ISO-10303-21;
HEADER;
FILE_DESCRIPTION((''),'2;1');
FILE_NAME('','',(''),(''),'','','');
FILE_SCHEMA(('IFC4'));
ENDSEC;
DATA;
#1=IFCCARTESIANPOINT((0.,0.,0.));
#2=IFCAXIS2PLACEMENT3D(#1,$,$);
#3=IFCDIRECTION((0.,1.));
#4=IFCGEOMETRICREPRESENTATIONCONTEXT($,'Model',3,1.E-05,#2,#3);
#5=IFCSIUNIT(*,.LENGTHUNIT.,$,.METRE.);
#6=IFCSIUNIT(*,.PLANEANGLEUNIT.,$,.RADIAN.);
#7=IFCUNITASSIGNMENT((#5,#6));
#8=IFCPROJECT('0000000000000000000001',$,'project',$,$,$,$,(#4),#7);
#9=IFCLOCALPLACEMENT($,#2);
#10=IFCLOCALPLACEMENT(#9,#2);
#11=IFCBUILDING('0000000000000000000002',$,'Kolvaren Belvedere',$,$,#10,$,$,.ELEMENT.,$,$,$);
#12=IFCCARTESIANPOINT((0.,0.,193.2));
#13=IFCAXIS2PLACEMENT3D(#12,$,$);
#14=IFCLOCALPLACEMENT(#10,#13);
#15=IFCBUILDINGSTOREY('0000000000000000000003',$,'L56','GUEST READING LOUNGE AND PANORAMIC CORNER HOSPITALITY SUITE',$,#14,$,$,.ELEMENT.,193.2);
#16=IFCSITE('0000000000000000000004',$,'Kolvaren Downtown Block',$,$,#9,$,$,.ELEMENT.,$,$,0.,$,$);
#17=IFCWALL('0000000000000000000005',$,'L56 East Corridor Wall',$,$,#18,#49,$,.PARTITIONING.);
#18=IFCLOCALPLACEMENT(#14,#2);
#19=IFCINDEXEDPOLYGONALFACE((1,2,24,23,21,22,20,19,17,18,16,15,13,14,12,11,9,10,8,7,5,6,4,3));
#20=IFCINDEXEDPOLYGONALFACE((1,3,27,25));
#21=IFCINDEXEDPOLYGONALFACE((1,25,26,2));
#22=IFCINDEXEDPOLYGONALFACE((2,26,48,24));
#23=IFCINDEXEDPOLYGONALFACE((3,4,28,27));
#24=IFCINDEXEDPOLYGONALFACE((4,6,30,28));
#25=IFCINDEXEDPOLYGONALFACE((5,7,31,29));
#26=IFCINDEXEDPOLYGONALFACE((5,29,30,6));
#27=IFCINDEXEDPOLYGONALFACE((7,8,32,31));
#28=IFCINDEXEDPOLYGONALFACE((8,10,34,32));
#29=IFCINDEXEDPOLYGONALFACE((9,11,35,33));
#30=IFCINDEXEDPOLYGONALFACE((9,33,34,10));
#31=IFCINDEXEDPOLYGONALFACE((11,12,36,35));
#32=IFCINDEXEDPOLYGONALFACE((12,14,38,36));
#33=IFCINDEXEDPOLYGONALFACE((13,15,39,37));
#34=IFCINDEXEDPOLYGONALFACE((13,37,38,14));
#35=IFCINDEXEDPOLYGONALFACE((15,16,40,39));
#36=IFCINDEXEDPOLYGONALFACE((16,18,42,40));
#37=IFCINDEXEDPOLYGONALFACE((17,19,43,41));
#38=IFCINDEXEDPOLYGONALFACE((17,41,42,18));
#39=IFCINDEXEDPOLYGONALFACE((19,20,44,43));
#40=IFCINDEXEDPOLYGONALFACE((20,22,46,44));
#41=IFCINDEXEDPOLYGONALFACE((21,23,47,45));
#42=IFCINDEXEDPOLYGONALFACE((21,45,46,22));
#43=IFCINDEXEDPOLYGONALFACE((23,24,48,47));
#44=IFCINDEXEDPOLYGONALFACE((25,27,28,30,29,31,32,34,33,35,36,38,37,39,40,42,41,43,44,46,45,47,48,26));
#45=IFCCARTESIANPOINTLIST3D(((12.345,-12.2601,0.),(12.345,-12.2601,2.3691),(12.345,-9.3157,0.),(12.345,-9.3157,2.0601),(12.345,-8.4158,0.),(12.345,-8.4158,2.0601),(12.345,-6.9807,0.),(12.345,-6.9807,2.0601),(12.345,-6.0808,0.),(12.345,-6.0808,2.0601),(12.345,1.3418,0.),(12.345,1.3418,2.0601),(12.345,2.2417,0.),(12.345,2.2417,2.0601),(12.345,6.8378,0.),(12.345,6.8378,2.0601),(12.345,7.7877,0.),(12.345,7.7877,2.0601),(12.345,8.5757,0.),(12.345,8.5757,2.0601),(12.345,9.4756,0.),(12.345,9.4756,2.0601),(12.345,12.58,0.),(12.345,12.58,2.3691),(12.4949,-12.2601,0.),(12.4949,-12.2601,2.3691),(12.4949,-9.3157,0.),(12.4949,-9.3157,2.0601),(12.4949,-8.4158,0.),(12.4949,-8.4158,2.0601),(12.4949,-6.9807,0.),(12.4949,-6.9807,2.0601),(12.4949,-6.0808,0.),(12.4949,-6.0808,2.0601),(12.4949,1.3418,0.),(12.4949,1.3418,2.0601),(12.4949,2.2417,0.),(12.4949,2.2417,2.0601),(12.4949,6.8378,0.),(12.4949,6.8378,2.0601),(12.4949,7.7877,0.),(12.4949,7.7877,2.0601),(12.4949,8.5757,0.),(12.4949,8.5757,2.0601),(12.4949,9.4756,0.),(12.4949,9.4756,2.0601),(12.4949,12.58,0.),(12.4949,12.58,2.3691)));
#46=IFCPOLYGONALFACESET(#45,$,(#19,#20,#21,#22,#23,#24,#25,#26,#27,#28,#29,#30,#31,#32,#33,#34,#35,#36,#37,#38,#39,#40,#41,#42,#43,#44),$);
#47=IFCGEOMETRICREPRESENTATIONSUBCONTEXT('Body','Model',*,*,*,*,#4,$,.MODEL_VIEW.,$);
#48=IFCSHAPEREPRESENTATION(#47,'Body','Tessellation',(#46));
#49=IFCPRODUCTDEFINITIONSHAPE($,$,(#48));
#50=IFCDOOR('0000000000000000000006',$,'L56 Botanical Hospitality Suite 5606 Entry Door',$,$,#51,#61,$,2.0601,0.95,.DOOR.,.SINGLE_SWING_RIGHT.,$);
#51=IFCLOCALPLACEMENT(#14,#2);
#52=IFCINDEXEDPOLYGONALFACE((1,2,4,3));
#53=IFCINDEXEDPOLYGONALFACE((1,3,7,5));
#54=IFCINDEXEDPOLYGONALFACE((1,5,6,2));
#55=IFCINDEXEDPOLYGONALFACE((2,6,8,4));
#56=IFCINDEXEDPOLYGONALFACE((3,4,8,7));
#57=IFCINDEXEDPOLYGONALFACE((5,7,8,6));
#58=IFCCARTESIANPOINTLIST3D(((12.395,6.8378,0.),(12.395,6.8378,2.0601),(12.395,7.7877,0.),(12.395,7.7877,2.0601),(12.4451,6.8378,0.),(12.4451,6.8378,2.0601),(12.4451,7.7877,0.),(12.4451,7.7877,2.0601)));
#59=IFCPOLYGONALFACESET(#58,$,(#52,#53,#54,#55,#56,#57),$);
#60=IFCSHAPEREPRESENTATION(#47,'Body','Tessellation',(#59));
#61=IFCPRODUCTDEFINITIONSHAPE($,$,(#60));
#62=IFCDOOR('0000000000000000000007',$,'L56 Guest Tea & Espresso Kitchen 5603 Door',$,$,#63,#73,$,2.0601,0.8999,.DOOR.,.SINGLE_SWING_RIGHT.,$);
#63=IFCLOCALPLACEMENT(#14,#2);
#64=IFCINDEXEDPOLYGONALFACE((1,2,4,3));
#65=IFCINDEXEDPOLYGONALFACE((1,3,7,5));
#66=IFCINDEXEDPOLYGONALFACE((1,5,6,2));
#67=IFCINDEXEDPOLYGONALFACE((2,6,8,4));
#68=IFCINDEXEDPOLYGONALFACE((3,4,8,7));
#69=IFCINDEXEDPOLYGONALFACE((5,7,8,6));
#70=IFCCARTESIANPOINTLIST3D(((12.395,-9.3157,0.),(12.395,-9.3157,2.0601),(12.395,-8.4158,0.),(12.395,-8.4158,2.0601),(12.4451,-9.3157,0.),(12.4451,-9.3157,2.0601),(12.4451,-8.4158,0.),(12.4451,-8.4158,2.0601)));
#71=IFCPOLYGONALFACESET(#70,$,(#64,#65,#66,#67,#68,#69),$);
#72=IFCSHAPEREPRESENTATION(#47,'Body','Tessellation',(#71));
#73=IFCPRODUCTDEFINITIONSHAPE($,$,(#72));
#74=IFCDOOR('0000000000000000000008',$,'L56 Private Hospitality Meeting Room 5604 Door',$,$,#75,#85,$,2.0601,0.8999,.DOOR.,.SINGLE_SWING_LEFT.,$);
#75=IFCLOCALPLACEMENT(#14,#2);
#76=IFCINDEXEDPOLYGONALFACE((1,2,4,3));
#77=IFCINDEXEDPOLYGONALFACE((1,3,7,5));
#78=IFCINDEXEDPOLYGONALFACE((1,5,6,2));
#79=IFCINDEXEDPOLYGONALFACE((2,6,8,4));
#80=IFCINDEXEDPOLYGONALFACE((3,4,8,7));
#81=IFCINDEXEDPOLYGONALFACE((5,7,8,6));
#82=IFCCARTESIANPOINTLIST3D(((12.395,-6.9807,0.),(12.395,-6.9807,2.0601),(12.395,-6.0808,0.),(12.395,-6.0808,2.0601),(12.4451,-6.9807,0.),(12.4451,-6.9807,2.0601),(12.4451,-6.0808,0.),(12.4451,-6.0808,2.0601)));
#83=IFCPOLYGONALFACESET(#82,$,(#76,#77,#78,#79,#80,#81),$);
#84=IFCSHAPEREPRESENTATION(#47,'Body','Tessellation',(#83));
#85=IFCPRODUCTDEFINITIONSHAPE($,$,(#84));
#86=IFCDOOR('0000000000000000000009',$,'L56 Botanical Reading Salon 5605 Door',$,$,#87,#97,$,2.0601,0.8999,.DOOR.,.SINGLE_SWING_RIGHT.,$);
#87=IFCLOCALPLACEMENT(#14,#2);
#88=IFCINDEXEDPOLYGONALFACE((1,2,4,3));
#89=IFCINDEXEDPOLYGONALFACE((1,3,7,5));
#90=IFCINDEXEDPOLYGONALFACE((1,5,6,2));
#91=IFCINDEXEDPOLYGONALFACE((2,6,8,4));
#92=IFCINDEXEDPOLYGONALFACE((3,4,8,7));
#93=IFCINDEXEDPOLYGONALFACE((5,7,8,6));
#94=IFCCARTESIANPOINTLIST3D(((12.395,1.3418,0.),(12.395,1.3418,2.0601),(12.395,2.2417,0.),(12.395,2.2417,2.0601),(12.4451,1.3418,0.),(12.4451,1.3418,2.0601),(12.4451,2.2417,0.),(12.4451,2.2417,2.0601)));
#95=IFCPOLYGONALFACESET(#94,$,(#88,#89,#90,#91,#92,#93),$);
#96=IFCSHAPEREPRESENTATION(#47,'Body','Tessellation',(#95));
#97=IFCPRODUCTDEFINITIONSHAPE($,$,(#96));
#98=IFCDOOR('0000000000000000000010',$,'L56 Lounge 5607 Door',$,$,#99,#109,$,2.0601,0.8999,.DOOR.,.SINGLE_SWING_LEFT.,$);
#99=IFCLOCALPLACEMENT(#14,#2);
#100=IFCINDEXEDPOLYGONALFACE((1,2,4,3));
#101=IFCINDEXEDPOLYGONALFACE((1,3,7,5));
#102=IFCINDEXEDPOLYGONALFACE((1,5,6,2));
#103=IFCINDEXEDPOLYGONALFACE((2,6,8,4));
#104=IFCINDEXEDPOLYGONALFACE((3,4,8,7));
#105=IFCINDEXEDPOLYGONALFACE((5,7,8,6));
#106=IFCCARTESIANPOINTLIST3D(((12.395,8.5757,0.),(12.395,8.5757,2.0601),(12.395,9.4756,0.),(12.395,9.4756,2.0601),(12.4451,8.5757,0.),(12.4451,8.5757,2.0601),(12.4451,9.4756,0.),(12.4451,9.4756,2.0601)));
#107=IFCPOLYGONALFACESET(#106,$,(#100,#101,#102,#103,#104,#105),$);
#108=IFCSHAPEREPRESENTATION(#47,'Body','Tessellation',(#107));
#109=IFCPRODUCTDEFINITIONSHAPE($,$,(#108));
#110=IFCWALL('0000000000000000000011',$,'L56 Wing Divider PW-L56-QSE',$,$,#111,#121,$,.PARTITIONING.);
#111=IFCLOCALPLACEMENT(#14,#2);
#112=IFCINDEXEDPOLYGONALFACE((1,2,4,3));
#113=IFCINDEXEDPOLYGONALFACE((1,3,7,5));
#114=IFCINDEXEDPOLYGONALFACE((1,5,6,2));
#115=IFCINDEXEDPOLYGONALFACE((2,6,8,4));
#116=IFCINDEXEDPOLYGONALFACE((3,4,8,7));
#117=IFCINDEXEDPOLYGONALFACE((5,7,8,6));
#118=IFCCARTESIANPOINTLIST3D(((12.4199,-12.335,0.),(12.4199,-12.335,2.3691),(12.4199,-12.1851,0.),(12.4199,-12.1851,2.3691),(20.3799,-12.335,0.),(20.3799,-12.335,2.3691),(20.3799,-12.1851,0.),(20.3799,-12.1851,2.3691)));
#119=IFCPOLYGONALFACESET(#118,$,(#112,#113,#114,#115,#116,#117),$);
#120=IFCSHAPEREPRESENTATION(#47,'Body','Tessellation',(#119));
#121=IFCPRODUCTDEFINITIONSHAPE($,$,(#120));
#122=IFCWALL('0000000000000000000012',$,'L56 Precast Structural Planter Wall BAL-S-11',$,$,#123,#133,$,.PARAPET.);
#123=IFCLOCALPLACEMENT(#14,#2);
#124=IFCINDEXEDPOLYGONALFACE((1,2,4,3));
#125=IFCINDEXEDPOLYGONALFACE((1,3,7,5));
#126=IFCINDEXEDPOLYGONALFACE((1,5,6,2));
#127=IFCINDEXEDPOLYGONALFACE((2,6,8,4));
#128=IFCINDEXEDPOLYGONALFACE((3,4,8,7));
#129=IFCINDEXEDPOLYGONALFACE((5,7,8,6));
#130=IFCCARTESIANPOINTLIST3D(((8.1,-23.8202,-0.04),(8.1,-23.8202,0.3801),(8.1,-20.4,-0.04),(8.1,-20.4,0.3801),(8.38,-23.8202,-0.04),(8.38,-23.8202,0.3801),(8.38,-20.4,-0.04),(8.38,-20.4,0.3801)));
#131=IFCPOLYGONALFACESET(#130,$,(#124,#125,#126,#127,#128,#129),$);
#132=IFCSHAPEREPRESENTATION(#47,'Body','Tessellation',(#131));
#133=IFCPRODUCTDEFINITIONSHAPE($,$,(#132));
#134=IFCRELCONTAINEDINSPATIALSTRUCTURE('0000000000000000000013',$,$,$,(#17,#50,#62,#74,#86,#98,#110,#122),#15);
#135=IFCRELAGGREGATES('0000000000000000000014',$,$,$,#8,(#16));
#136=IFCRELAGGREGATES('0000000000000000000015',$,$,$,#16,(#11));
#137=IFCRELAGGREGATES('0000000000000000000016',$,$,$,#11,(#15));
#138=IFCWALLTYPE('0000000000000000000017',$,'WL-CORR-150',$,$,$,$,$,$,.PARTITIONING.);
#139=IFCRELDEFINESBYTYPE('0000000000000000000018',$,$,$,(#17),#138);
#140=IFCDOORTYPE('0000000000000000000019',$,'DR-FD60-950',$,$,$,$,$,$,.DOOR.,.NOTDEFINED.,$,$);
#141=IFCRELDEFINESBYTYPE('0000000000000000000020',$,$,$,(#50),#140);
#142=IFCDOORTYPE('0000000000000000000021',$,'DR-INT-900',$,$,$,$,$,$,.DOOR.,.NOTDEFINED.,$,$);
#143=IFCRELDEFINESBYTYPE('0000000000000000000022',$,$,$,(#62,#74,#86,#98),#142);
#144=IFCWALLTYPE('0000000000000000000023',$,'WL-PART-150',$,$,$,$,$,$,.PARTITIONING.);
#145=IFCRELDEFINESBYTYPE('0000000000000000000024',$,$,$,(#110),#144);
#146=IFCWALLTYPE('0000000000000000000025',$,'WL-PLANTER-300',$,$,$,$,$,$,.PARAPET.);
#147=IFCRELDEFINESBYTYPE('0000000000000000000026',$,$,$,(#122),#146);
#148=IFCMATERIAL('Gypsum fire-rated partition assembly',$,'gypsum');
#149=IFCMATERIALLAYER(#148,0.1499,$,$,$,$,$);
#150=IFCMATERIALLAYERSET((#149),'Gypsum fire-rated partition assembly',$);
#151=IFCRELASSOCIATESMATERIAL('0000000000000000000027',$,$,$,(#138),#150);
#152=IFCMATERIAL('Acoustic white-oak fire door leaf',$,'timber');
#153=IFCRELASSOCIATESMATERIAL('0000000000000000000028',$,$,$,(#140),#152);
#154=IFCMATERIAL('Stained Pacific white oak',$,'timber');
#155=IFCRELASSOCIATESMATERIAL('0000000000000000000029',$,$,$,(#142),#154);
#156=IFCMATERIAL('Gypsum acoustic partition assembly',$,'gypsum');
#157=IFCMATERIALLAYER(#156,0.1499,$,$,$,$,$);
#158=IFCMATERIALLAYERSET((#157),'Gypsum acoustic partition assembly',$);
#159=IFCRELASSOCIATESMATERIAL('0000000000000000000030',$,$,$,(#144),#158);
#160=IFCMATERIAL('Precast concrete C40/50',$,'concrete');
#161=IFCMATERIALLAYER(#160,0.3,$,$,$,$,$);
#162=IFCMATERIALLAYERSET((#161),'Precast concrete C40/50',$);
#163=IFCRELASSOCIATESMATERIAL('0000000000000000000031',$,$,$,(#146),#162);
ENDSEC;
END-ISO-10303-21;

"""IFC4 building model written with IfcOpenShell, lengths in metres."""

from ifc_helpers import new_model, si_unit, direction, frame, frame_2d, origin, place, context, subcontext, project, spatial, rectangle, extrude, material, layer, layer_set, type_object, element, fill, save


model = new_model("IFC4")

# Units and contexts
model_context = context("Model", 3, precision=1e-05, world=origin(), true_north=direction((0.0, 1.0)))
body_context = subcontext(model_context, "Body", "Model", "MODEL_VIEW")
ifc_project = project(units=[si_unit("LENGTHUNIT", "METRE"), si_unit("PLANEANGLEUNIT", "RADIAN")], contexts=[model_context])

# Site, building, storey
site_placement = place(None, origin())
site = spatial("IfcSite", under=ifc_project, at=site_placement, Name="Kolvaren Downtown Block", CompositionType="ELEMENT", RefElevation=0.0)
building_placement = place(site_placement, origin())
building = spatial("IfcBuilding", under=site, at=building_placement, Name="Kolvaren Belvedere", CompositionType="ELEMENT")
storey_placement = place(building_placement, frame((0.0, 0.0, 193.2)))
storey = spatial("IfcBuildingStorey", under=building, at=storey_placement, Name="L56", Description="GUEST READING LOUNGE AND PANORAMIC CORNER HOSPITALITY SUITE", CompositionType="ELEMENT", Elevation=193.2)

# Wall, openings, doors
ifc_material_1 = material(Name="Gypsum fire-rated partition assembly", Category="gypsum")
ifc_layer_1 = layer(ifc_material_1, 0.1499)
ifc_layer_set_1 = layer_set([ifc_layer_1], Name="Gypsum fire-rated partition assembly")
wall_type_1 = type_object("IfcWallType", Name="WL-CORR-150", PredefinedType="PARTITIONING", material=ifc_layer_set_1)
wall_1_placement = place(storey_placement, frame((12.4199, -12.26, 0.0), z_axis=(0.0, 0.0, 1.0), x_axis=(0.0, 1.0, 0.0)))
wall_1 = element("IfcWall", 1, at=wall_1_placement, inside=storey, type_object=wall_type_1, Name="L56 East Corridor Wall", PredefinedType="PARTITIONING", context=body_context, shape_type="SweptSolid", body=[
    extrude(rectangle(XDim=24.8401, YDim=0.1499, at=frame_2d((12.4199, 0.0))), origin(), (0.0, 0.0, 1.0), 2.3691),
])
opening_1_placement = place(wall_1_placement, frame((2.9443, 0.0, 0.0)))
opening_1 = element("IfcOpeningElement", 2, at=opening_1_placement, cuts=wall_1, PredefinedType="OPENING", context=body_context, shape_type="SweptSolid", body=[
    extrude(rectangle(XDim=0.8999, YDim=2.0601, at=frame_2d((0.45, 1.03))), frame((0.0, 0.085, 0.0), z_axis=(0.0, -1.0, 0.0), x_axis=(1.0, 0.0, 0.0)), (0.0, 0.0, 1.0), 0.1699),
])
opening_2_placement = place(wall_1_placement, frame((5.2793, 0.0, 0.0)))
opening_2 = element("IfcOpeningElement", 3, at=opening_2_placement, cuts=wall_1, PredefinedType="OPENING", context=body_context, shape_type="SweptSolid", body=[
    extrude(rectangle(XDim=0.8999, YDim=2.0601, at=frame_2d((0.45, 1.03))), frame((0.0, 0.085, 0.0), z_axis=(0.0, -1.0, 0.0), x_axis=(1.0, 0.0, 0.0)), (0.0, 0.0, 1.0), 0.1699),
])
opening_3_placement = place(wall_1_placement, frame((13.6018, 0.0, 0.0)))
opening_3 = element("IfcOpeningElement", 4, at=opening_3_placement, cuts=wall_1, PredefinedType="OPENING", context=body_context, shape_type="SweptSolid", body=[
    extrude(rectangle(XDim=0.8999, YDim=2.0601, at=frame_2d((0.45, 1.03))), frame((0.0, 0.085, 0.0), z_axis=(0.0, -1.0, 0.0), x_axis=(1.0, 0.0, 0.0)), (0.0, 0.0, 1.0), 0.1699),
])
opening_4_placement = place(wall_1_placement, frame((19.0977, 0.0, 0.0)))
opening_4 = element("IfcOpeningElement", 5, at=opening_4_placement, cuts=wall_1, PredefinedType="OPENING", context=body_context, shape_type="SweptSolid", body=[
    extrude(rectangle(XDim=0.95, YDim=2.0601, at=frame_2d((0.4751, 1.03))), frame((0.0, 0.085, 0.0), z_axis=(0.0, -1.0, 0.0), x_axis=(1.0, 0.0, 0.0)), (0.0, 0.0, 1.0), 0.1699),
])
opening_5_placement = place(wall_1_placement, frame((20.8357, 0.0, 0.0)))
opening_5 = element("IfcOpeningElement", 6, at=opening_5_placement, cuts=wall_1, PredefinedType="OPENING", context=body_context, shape_type="SweptSolid", body=[
    extrude(rectangle(XDim=0.8999, YDim=2.0601, at=frame_2d((0.45, 1.03))), frame((0.0, 0.085, 0.0), z_axis=(0.0, -1.0, 0.0), x_axis=(1.0, 0.0, 0.0)), (0.0, 0.0, 1.0), 0.1699),
])
ifc_material_2 = material(Name="Acoustic white-oak fire door leaf", Category="timber")
door_type_1 = type_object("IfcDoorType", Name="DR-FD60-950", OperationType="NOTDEFINED", PredefinedType="DOOR", material=ifc_material_2)
door_1_placement = place(opening_4_placement, origin())
door_1 = element("IfcDoor", 7, at=door_1_placement, inside=storey, type_object=door_type_1, Name="L56 Botanical Hospitality Suite 5606 Entry Door", OperationType="SINGLE_SWING_RIGHT", OverallHeight=2.0601, OverallWidth=0.95, PredefinedType="DOOR", context=body_context, shape_type="SweptSolid", body=[
    extrude(rectangle(XDim=0.95, YDim=2.0601, at=frame_2d((0.4751, 1.03))), frame((0.0, 0.0249, 0.0), z_axis=(0.0, -1.0, 0.0), x_axis=(1.0, 0.0, 0.0)), (0.0, 0.0, 1.0), 0.05),
])
fill(opening_4, door_1)
ifc_material_3 = material(Name="Stained Pacific white oak", Category="timber")
door_type_2 = type_object("IfcDoorType", Name="DR-INT-900", OperationType="NOTDEFINED", PredefinedType="DOOR", material=ifc_material_3)
door_2_placement = place(opening_1_placement, origin())
door_2 = element("IfcDoor", 8, at=door_2_placement, inside=storey, type_object=door_type_2, Name="L56 Guest Tea & Espresso Kitchen 5603 Door", OperationType="SINGLE_SWING_RIGHT", OverallHeight=2.0601, OverallWidth=0.8999, PredefinedType="DOOR", context=body_context, shape_type="SweptSolid", body=[
    extrude(rectangle(XDim=0.8999, YDim=2.0601, at=frame_2d((0.45, 1.03))), frame((0.0, 0.0249, 0.0), z_axis=(0.0, -1.0, 0.0), x_axis=(1.0, 0.0, 0.0)), (0.0, 0.0, 1.0), 0.05),
])
fill(opening_1, door_2)
door_3_placement = place(opening_2_placement, origin())
door_3 = element("IfcDoor", 9, at=door_3_placement, inside=storey, type_object=door_type_2, Name="L56 Private Hospitality Meeting Room 5604 Door", OperationType="SINGLE_SWING_LEFT", OverallHeight=2.0601, OverallWidth=0.8999, PredefinedType="DOOR", context=body_context, shape_type="SweptSolid", body=[
    extrude(rectangle(XDim=0.8999, YDim=2.0601, at=frame_2d((0.45, 1.03))), frame((0.0, 0.0249, 0.0), z_axis=(0.0, -1.0, 0.0), x_axis=(1.0, 0.0, 0.0)), (0.0, 0.0, 1.0), 0.05),
])
fill(opening_2, door_3)
door_4_placement = place(opening_3_placement, origin())
door_4 = element("IfcDoor", 10, at=door_4_placement, inside=storey, type_object=door_type_2, Name="L56 Botanical Reading Salon 5605 Door", OperationType="SINGLE_SWING_RIGHT", OverallHeight=2.0601, OverallWidth=0.8999, PredefinedType="DOOR", context=body_context, shape_type="SweptSolid", body=[
    extrude(rectangle(XDim=0.8999, YDim=2.0601, at=frame_2d((0.45, 1.03))), frame((0.0, 0.0249, 0.0), z_axis=(0.0, -1.0, 0.0), x_axis=(1.0, 0.0, 0.0)), (0.0, 0.0, 1.0), 0.05),
])
fill(opening_3, door_4)
door_5_placement = place(opening_5_placement, origin())
door_5 = element("IfcDoor", 11, at=door_5_placement, inside=storey, type_object=door_type_2, Name="L56 Lounge 5607 Door", OperationType="SINGLE_SWING_LEFT", OverallHeight=2.0601, OverallWidth=0.8999, PredefinedType="DOOR", context=body_context, shape_type="SweptSolid", body=[
    extrude(rectangle(XDim=0.8999, YDim=2.0601, at=frame_2d((0.45, 1.03))), frame((0.0, 0.0249, 0.0), z_axis=(0.0, -1.0, 0.0), x_axis=(1.0, 0.0, 0.0)), (0.0, 0.0, 1.0), 0.05),
])
fill(opening_5, door_5)

# Walls
ifc_material_4 = material(Name="Gypsum acoustic partition assembly", Category="gypsum")
ifc_layer_2 = layer(ifc_material_4, 0.1499)
ifc_layer_set_2 = layer_set([ifc_layer_2], Name="Gypsum acoustic partition assembly")
wall_type_2 = type_object("IfcWallType", Name="WL-PART-150", PredefinedType="PARTITIONING", material=ifc_layer_set_2)
wall_2_placement = place(storey_placement, frame((12.4199, -12.26, 0.0), z_axis=(0.0, 0.0, 1.0), x_axis=(1.0, 0.0, 0.0)))
element("IfcWall", 12, at=wall_2_placement, inside=storey, type_object=wall_type_2, Name="L56 Wing Divider PW-L56-QSE", PredefinedType="PARTITIONING", context=body_context, shape_type="SweptSolid", body=[
    extrude(rectangle(XDim=7.96, YDim=0.1499, at=frame_2d((3.98, 0.0))), origin(), (0.0, 0.0, 1.0), 2.3691),
])
ifc_material_5 = material(Name="Precast concrete C40/50", Category="concrete")
ifc_layer_3 = layer(ifc_material_5, 0.3)
ifc_layer_set_3 = layer_set([ifc_layer_3], Name="Precast concrete C40/50")
wall_type_3 = type_object("IfcWallType", Name="WL-PLANTER-300", PredefinedType="PARAPET", material=ifc_layer_set_3)
wall_3_placement = place(storey_placement, frame((8.24, -23.8201, -0.04), z_axis=(0.0, 0.0, 1.0), x_axis=(0.0, 1.0, 0.0)))
element("IfcWall", 13, at=wall_3_placement, inside=storey, type_object=wall_type_3, Name="L56 Precast Structural Planter Wall BAL-S-11", PredefinedType="PARAPET", context=body_context, shape_type="SweptSolid", body=[
    extrude(rectangle(XDim=3.4202, YDim=0.28, at=frame_2d((1.71, 0.0))), origin(), (0.0, 0.0, 1.0), 0.4202),
])

save(model, "model.ifc")
